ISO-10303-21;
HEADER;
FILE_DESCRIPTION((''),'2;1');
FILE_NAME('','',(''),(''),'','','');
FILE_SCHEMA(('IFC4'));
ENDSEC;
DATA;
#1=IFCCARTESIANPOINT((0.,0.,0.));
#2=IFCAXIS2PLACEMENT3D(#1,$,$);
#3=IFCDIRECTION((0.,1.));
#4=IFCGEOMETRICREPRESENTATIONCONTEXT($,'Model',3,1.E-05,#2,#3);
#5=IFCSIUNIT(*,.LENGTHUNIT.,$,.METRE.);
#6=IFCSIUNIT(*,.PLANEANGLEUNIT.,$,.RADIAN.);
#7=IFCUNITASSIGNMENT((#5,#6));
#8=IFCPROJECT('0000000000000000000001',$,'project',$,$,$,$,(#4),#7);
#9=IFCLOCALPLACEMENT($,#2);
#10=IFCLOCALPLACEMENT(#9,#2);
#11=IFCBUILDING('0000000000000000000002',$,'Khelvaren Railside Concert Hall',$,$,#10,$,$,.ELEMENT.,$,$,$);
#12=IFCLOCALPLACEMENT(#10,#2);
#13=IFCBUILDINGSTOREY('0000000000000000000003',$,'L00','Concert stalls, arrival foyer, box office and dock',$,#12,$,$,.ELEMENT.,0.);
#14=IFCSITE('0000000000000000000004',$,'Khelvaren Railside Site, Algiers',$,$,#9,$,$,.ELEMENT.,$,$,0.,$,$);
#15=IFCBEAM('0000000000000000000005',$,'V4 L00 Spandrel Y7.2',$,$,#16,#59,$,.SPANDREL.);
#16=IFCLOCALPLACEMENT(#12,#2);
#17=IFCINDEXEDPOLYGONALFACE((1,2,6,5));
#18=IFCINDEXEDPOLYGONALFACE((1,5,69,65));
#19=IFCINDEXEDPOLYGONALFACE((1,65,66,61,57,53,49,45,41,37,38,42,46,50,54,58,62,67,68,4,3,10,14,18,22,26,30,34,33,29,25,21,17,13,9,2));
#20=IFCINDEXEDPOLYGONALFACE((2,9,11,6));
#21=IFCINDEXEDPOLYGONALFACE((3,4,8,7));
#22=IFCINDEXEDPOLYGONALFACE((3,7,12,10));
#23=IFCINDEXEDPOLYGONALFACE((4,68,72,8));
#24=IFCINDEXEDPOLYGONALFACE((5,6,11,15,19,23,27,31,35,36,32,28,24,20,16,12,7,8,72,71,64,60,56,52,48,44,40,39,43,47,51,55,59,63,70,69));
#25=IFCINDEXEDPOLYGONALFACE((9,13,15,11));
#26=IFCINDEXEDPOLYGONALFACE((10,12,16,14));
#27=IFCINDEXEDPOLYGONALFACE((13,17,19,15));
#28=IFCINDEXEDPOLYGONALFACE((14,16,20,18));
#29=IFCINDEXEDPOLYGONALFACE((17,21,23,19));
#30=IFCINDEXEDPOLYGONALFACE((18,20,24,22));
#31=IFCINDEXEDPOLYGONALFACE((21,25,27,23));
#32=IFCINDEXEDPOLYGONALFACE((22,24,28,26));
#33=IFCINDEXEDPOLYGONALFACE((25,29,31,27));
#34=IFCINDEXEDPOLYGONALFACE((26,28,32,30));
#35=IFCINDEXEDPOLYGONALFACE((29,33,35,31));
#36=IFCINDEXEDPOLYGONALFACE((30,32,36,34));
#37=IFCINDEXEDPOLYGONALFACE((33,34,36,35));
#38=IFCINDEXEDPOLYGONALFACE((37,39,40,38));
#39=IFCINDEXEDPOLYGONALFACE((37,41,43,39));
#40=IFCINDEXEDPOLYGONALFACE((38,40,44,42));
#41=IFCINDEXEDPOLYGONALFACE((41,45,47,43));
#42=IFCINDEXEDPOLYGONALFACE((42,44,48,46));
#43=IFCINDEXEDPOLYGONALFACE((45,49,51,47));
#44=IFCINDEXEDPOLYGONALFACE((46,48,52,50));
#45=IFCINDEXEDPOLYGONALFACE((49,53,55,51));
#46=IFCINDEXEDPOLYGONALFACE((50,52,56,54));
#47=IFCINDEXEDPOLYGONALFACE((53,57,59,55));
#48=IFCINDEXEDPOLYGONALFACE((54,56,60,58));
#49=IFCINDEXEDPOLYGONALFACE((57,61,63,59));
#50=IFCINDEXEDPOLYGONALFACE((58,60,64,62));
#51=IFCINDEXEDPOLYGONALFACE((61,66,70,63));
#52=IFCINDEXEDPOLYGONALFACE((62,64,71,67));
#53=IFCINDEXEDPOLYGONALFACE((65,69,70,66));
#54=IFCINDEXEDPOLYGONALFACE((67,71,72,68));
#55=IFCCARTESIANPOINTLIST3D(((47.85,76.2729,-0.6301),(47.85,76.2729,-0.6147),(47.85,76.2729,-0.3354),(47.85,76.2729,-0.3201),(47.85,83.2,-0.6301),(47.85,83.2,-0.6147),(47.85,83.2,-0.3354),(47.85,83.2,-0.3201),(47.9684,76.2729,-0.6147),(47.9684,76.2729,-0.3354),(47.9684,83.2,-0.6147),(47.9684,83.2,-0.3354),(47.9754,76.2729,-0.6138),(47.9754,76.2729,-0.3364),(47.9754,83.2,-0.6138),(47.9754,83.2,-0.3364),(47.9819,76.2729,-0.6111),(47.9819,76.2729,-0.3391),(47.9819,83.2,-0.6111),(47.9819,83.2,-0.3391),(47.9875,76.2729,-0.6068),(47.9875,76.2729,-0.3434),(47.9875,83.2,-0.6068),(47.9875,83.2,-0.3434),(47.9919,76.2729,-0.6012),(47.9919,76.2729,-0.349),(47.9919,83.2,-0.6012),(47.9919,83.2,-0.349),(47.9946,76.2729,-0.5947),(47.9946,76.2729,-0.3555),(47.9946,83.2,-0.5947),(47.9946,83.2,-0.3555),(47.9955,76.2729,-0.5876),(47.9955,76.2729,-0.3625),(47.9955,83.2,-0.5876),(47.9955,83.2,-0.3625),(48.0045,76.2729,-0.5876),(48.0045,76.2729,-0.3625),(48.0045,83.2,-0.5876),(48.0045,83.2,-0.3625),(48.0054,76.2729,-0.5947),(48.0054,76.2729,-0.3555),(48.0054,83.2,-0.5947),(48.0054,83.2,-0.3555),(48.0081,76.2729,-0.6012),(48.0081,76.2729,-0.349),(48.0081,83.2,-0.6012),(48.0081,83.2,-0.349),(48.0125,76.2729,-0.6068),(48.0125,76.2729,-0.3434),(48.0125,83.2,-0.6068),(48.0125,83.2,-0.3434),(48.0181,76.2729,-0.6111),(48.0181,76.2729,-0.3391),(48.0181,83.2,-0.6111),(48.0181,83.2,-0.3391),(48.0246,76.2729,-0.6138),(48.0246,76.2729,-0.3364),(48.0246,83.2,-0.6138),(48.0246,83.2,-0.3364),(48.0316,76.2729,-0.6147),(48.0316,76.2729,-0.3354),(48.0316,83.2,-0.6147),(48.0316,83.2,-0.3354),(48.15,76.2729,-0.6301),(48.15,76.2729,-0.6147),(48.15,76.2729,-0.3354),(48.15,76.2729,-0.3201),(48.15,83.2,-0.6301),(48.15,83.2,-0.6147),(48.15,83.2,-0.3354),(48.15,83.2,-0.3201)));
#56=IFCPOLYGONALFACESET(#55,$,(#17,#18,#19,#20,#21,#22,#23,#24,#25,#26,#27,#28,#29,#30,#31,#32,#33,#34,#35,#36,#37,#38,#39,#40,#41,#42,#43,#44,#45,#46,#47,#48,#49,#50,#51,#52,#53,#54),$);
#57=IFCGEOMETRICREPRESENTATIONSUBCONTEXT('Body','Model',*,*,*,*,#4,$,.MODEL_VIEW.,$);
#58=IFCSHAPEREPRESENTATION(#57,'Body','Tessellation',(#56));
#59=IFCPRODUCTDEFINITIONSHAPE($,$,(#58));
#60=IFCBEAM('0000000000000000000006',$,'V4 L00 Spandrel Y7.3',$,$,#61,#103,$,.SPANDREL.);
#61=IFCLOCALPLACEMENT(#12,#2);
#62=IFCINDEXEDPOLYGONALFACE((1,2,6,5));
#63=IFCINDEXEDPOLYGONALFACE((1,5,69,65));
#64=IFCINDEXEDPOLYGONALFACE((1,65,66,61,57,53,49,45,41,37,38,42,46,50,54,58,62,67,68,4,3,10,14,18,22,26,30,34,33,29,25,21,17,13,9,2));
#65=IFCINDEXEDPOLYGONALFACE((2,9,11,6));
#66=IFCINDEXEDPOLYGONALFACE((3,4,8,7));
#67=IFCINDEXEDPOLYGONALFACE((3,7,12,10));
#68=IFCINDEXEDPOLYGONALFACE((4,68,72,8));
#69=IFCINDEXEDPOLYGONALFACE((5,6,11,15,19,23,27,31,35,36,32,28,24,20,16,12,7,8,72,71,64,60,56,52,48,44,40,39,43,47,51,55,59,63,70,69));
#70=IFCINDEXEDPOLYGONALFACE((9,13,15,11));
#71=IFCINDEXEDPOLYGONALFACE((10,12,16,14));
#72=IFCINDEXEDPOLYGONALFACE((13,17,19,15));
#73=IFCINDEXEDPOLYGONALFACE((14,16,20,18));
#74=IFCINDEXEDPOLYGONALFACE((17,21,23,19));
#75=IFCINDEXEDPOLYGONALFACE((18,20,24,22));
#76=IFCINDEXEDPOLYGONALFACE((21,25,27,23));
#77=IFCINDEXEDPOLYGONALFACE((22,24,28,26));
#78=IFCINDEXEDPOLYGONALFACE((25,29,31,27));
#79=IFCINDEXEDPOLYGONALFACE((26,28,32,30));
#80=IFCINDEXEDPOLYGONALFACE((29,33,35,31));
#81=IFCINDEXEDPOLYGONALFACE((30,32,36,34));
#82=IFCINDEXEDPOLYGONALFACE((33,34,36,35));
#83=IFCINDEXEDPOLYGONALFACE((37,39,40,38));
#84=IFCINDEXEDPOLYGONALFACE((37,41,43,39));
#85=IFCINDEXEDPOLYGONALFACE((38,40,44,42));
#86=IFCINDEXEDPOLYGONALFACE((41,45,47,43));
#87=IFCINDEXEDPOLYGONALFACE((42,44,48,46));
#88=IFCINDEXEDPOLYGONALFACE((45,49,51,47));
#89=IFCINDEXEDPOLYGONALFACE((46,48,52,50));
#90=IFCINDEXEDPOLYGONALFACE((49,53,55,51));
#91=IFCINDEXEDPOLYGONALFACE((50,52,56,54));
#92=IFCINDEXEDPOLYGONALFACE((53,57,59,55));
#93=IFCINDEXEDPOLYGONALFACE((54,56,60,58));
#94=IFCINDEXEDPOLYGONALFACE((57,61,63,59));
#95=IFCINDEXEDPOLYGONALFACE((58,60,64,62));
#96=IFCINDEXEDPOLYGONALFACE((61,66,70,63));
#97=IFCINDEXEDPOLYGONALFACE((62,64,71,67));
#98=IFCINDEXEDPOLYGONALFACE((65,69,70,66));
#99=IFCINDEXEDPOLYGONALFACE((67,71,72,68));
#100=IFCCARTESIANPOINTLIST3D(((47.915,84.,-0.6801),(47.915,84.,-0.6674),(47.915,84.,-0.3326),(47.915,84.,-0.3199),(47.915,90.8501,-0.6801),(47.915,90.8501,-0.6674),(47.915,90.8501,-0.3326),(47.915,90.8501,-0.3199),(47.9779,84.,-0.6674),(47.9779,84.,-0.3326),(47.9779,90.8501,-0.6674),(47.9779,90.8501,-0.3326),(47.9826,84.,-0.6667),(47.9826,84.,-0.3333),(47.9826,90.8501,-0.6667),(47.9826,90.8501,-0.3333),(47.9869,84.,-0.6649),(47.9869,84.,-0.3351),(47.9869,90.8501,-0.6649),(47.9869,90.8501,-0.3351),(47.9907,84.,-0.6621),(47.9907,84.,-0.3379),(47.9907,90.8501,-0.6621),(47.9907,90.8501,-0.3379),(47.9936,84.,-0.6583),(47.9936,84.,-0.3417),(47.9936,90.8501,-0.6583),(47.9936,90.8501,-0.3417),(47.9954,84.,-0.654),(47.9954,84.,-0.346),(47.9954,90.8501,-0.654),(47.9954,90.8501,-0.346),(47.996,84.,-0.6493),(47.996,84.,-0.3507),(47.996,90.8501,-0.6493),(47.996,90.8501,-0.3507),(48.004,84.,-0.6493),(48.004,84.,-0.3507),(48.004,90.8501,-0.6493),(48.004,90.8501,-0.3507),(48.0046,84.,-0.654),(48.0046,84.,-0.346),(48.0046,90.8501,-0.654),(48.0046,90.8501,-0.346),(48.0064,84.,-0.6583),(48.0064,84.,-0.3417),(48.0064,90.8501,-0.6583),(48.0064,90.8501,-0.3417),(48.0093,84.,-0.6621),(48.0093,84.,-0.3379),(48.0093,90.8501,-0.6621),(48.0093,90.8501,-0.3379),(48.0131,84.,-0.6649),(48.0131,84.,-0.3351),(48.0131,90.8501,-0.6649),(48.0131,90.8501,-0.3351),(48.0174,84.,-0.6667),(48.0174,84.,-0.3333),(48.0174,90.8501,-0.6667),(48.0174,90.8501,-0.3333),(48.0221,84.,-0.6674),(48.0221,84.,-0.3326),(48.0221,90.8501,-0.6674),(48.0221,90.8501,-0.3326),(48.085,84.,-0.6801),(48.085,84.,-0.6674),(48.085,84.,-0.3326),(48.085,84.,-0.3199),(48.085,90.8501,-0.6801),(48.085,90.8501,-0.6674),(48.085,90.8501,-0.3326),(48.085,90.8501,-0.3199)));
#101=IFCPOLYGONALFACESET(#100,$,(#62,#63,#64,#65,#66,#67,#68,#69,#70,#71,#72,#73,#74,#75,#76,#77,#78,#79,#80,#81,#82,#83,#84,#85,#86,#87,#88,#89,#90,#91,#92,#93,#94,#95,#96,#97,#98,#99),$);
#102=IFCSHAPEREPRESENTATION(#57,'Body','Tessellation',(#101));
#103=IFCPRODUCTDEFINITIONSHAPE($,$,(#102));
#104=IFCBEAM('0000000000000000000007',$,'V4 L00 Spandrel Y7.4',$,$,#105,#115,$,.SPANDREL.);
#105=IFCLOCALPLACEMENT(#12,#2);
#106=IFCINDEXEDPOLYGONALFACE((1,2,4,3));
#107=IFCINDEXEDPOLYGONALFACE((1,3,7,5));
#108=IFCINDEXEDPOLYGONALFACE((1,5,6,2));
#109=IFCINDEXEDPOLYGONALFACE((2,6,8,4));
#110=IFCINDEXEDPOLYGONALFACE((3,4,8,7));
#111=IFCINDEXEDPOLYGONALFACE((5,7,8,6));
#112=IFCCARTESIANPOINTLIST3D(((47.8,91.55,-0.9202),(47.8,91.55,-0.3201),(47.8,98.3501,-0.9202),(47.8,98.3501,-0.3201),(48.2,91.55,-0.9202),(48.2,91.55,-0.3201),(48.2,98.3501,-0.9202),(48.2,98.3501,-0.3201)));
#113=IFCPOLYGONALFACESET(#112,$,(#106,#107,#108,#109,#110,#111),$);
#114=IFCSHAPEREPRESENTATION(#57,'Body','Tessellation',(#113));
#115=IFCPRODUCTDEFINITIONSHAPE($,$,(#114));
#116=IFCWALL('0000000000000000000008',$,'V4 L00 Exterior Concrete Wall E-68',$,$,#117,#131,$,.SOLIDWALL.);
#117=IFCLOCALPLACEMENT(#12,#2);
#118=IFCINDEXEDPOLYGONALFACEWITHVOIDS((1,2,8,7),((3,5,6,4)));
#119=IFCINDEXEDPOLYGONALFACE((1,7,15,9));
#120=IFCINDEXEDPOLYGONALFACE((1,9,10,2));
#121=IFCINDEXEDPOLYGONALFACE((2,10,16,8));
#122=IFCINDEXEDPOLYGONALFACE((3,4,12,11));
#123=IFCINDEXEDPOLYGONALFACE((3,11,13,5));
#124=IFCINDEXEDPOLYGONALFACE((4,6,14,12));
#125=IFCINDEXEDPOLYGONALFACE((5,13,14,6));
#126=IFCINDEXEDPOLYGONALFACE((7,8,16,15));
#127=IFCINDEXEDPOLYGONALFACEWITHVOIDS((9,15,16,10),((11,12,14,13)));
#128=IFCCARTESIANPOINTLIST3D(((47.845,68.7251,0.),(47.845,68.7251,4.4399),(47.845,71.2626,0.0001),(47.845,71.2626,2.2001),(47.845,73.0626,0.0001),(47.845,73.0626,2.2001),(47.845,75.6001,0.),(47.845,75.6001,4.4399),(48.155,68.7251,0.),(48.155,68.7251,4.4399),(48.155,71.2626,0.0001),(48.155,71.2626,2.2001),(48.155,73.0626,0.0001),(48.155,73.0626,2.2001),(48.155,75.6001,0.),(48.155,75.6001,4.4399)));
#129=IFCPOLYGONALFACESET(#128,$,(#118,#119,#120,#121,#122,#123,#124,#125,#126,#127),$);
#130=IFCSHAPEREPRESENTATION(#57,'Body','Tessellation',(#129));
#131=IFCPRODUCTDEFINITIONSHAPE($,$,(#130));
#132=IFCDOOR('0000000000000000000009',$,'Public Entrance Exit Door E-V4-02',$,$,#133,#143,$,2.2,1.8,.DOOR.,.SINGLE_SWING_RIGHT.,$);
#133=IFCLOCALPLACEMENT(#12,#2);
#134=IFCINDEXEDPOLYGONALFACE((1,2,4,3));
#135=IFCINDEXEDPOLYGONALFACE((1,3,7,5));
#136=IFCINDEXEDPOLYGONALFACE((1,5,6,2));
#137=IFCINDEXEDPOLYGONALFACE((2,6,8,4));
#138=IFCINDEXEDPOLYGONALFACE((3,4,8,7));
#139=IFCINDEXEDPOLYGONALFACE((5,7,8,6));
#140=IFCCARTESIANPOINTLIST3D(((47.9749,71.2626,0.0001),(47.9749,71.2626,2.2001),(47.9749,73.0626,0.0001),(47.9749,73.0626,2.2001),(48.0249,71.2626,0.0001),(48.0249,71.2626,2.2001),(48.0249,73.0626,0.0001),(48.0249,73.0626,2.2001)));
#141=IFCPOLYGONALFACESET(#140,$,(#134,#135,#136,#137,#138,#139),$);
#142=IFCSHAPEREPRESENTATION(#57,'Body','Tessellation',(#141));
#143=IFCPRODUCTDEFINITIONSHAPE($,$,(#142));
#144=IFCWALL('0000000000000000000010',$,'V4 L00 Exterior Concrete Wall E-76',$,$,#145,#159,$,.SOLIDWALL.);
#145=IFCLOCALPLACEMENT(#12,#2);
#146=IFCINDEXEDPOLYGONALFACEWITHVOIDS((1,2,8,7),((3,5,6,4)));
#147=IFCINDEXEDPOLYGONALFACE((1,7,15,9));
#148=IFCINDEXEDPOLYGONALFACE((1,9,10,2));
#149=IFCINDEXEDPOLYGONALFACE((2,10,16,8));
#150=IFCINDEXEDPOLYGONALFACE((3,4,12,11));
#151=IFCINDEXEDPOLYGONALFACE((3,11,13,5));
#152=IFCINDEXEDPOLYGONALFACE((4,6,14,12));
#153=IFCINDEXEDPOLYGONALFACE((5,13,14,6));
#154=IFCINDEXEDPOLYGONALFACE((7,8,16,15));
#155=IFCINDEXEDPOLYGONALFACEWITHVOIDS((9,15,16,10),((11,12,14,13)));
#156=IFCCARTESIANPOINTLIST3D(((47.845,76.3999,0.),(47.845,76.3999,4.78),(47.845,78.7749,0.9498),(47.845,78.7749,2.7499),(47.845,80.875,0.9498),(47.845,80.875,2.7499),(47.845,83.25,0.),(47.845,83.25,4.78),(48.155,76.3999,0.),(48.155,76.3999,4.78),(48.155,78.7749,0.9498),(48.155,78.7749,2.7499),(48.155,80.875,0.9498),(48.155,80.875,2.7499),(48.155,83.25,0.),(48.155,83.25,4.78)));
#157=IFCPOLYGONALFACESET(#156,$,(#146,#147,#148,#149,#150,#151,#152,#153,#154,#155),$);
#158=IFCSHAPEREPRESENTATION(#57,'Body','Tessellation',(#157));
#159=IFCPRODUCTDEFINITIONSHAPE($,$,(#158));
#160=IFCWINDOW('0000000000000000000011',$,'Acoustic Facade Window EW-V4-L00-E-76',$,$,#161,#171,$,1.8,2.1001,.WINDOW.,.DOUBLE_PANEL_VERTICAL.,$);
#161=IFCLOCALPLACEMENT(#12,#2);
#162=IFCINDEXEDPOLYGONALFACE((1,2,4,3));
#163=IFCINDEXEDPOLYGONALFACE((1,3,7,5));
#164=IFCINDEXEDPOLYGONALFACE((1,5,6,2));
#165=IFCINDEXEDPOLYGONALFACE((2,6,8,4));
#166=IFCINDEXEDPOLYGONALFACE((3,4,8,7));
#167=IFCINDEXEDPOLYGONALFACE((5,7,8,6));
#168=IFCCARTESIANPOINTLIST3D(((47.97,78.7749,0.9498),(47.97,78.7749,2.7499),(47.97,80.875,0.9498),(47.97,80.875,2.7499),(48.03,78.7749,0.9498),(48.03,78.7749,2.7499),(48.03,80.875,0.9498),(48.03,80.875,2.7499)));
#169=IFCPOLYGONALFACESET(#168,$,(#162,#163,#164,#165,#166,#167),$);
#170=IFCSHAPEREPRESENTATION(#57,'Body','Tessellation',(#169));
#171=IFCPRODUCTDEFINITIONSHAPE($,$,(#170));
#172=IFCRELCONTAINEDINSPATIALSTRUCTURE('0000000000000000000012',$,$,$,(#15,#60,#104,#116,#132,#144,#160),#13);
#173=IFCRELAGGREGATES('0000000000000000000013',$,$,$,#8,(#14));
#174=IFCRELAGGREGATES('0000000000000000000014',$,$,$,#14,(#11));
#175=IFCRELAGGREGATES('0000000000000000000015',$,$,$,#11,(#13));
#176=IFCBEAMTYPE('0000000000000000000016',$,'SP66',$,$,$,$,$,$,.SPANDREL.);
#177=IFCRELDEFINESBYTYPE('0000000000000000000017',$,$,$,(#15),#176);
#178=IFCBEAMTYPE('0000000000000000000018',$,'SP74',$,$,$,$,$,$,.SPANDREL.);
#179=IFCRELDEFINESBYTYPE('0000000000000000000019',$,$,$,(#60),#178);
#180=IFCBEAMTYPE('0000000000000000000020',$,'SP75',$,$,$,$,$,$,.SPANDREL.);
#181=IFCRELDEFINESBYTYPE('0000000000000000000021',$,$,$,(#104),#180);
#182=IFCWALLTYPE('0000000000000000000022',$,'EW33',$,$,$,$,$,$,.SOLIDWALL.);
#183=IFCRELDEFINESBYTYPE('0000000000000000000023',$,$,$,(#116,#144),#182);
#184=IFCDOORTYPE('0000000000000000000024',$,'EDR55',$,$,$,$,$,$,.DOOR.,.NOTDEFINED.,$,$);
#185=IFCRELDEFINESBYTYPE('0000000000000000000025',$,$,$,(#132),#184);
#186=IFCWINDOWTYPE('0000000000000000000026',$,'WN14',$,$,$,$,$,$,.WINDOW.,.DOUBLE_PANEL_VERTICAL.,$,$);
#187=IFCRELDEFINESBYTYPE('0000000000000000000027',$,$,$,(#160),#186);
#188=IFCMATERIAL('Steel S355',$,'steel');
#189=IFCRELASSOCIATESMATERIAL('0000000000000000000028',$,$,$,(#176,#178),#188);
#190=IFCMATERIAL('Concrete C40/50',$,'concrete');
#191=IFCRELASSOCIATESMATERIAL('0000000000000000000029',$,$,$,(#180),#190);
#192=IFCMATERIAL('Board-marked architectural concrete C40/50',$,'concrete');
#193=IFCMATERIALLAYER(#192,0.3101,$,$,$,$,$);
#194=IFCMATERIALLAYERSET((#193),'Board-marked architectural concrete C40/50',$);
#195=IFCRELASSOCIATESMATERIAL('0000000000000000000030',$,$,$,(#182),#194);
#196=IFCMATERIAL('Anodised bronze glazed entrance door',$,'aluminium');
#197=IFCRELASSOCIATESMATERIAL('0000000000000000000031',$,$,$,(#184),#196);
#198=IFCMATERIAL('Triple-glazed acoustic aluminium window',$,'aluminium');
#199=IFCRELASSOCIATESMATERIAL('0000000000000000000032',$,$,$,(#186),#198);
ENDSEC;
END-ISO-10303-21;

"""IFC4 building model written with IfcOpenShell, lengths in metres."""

from ifc_helpers import new_model, si_unit, direction, frame, frame_2d, origin, origin_2d, place, context, subcontext, project, spatial, rectangle, i_section, extrude, material, layer, layer_set, material_profile, profile_set, type_object, element, fill, save


model = new_model("IFC4")

# Units and contexts
model_context = context("Model", 3, precision=1e-05, world=origin(), true_north=direction((0.0, 1.0)))
body_context = subcontext(model_context, "Body", "Model", "MODEL_VIEW")
ifc_project = project(units=[si_unit("LENGTHUNIT", "METRE"), si_unit("PLANEANGLEUNIT", "RADIAN")], contexts=[model_context])

# Site, building, storey
site_placement = place(None, origin())
site = spatial("IfcSite", under=ifc_project, at=site_placement, Name="Khelvaren Railside Site, Algiers", CompositionType="ELEMENT", RefElevation=0.0)
building_placement = place(site_placement, origin())
building = spatial("IfcBuilding", under=site, at=building_placement, Name="Khelvaren Railside Concert Hall", CompositionType="ELEMENT")
storey_placement = place(building_placement, origin())
storey = spatial("IfcBuildingStorey", under=building, at=storey_placement, Name="L00", Description="Concert stalls, arrival foyer, box office and dock", CompositionType="ELEMENT", Elevation=0.0)

# Beams
ifc_material_1 = material(Name="Steel S355", Category="steel")
ifc_material_2 = material(Name="Concrete C40/50", Category="concrete")
ifc_material_profile_1 = material_profile(ifc_material_1, i_section(OverallWidth=0.3, OverallDepth=0.3101, WebThickness=0.009, FlangeThickness=0.0154, FilletRadius=0.0271, at=origin_2d()), Name="HEA 320")
ifc_profile_set_1 = profile_set([ifc_material_profile_1], Name="Steel S355")
beam_type_1 = type_object("IfcBeamType", Name="SP66", PredefinedType="SPANDREL", material=ifc_profile_set_1)
beam_1_placement = place(storey_placement, frame((48.0, 76.2729, -0.4751), z_axis=(0.0, 1.0, 0.0), x_axis=(-1.0, 0.0, 0.0)))
element("IfcBeam", 1, at=beam_1_placement, inside=storey, type_object=beam_type_1, Name="V4 L00 Spandrel Y7.2", PredefinedType="SPANDREL", context=body_context, shape_type="SweptSolid", body=[
    extrude(i_section(OverallWidth=0.3, OverallDepth=0.3101, WebThickness=0.009, FlangeThickness=0.0154, FilletRadius=0.0271, at=origin_2d()), origin(), (0.0, 0.0, 1.0), 6.927),
])
ifc_material_profile_2 = material_profile(ifc_material_1, i_section(OverallWidth=0.1699, OverallDepth=0.3601, WebThickness=0.0081, FlangeThickness=0.0127, FilletRadius=0.0181, at=origin_2d()), Name="IPE 360")
ifc_profile_set_2 = profile_set([ifc_material_profile_2], Name="Steel S355")
beam_type_2 = type_object("IfcBeamType", Name="SP74", PredefinedType="SPANDREL", material=ifc_profile_set_2)
beam_2_placement = place(storey_placement, frame((48.0, 84.0, -0.5), z_axis=(0.0, 1.0, 0.0), x_axis=(-1.0, 0.0, 0.0)))
element("IfcBeam", 2, at=beam_2_placement, inside=storey, type_object=beam_type_2, Name="V4 L00 Spandrel Y7.3", PredefinedType="SPANDREL", context=body_context, shape_type="SweptSolid", body=[
    extrude(i_section(OverallWidth=0.1699, OverallDepth=0.3601, WebThickness=0.0081, FlangeThickness=0.0127, FilletRadius=0.0181, at=origin_2d()), origin(), (0.0, 0.0, 1.0), 6.8501),
])
ifc_material_profile_3 = material_profile(ifc_material_2, rectangle(XDim=0.3999, YDim=0.6001, at=origin_2d()), Name="RCB 400x600")
ifc_profile_set_3 = profile_set([ifc_material_profile_3], Name="Concrete C40/50")
beam_type_3 = type_object("IfcBeamType", Name="SP75", PredefinedType="SPANDREL", material=ifc_profile_set_3)
beam_3_placement = place(storey_placement, frame((48.0, 91.55, -0.6201), z_axis=(0.0, 1.0, 0.0), x_axis=(-1.0, 0.0, 0.0)))
element("IfcBeam", 3, at=beam_3_placement, inside=storey, type_object=beam_type_3, Name="V4 L00 Spandrel Y7.4", PredefinedType="SPANDREL", context=body_context, shape_type="SweptSolid", body=[
    extrude(rectangle(XDim=0.3999, YDim=0.6001, at=origin_2d()), origin(), (0.0, 0.0, 1.0), 6.8),
])

# Wall, opening, door
ifc_material_3 = material(Name="Board-marked architectural concrete C40/50", Category="concrete")
ifc_layer = layer(ifc_material_3, 0.3101)
ifc_layer_set = layer_set([ifc_layer], Name="Board-marked architectural concrete C40/50")
wall_type = type_object("IfcWallType", Name="EW33", PredefinedType="SOLIDWALL", material=ifc_layer_set)
wall_1_placement = place(storey_placement, frame((48.0, 75.6001, 0.0), z_axis=(0.0, 0.0, 1.0), x_axis=(0.0, -1.0, 0.0)))
wall_1 = element("IfcWall", 4, at=wall_1_placement, inside=storey, type_object=wall_type, Name="V4 L00 Exterior Concrete Wall E-68", PredefinedType="SOLIDWALL", context=body_context, shape_type="SweptSolid", body=[
    extrude(rectangle(XDim=6.875, YDim=0.3101, at=frame_2d((3.4375, 0.0))), origin(), (0.0, 0.0, 1.0), 4.4399),
])
opening_1_placement = place(wall_1_placement, frame((2.5376, 0.0, 0.0)))
opening_1 = element("IfcOpeningElement", 5, at=opening_1_placement, cuts=wall_1, PredefinedType="OPENING", context=body_context, shape_type="SweptSolid", body=[
    extrude(rectangle(XDim=1.8, YDim=2.2, at=frame_2d((0.8999, 1.1001))), frame((0.0, 0.165, 0.0), z_axis=(0.0, -1.0, 0.0), x_axis=(1.0, 0.0, 0.0)), (0.0, 0.0, 1.0), 0.3301),
])
ifc_material_4 = material(Name="Anodised bronze glazed entrance door", Category="aluminium")
door_type = type_object("IfcDoorType", Name="EDR55", OperationType="NOTDEFINED", PredefinedType="DOOR", material=ifc_material_4)
door_placement = place(opening_1_placement, origin())
door = element("IfcDoor", 6, at=door_placement, inside=storey, type_object=door_type, Name="Public Entrance Exit Door E-V4-02", OperationType="SINGLE_SWING_RIGHT", OverallHeight=2.2, OverallWidth=1.8, PredefinedType="DOOR", context=body_context, shape_type="SweptSolid", body=[
    extrude(rectangle(XDim=1.8, YDim=2.2, at=frame_2d((0.8999, 1.1001))), frame((0.0, 0.0249, 0.0), z_axis=(0.0, -1.0, 0.0), x_axis=(1.0, 0.0, 0.0)), (0.0, 0.0, 1.0), 0.05),
])
fill(opening_1, door)

# Wall, opening, window
wall_2_placement = place(storey_placement, frame((48.0, 83.25, 0.0), z_axis=(0.0, 0.0, 1.0), x_axis=(0.0, -1.0, 0.0)))
wall_2 = element("IfcWall", 7, at=wall_2_placement, inside=storey, type_object=wall_type, Name="V4 L00 Exterior Concrete Wall E-76", PredefinedType="SOLIDWALL", context=body_context, shape_type="SweptSolid", body=[
    extrude(rectangle(XDim=6.8501, YDim=0.3101, at=frame_2d((3.425, 0.0))), origin(), (0.0, 0.0, 1.0), 4.78),
])
opening_2_placement = place(wall_2_placement, frame((2.375, 0.0, 0.95)))
opening_2 = element("IfcOpeningElement", 8, at=opening_2_placement, cuts=wall_2, PredefinedType="OPENING", context=body_context, shape_type="SweptSolid", body=[
    extrude(rectangle(XDim=2.1001, YDim=1.8, at=frame_2d((1.05, 0.8999))), frame((0.0, 0.165, 0.0), z_axis=(0.0, -1.0, 0.0), x_axis=(1.0, 0.0, 0.0)), (0.0, 0.0, 1.0), 0.3301),
])
ifc_material_5 = material(Name="Triple-glazed acoustic aluminium window", Category="aluminium")
window_type_1 = type_object("IfcWindowType", Name="WN14", PartitioningType="DOUBLE_PANEL_VERTICAL", PredefinedType="WINDOW", material=ifc_material_5)
window_1_placement = place(opening_2_placement, origin())
window_1 = element("IfcWindow", 9, at=window_1_placement, inside=storey, type_object=window_type_1, Name="Acoustic Facade Window EW-V4-L00-E-76", OverallHeight=1.8, OverallWidth=2.1001, PartitioningType="DOUBLE_PANEL_VERTICAL", PredefinedType="WINDOW", context=body_context, shape_type="SweptSolid", body=[
    extrude(rectangle(XDim=2.1001, YDim=1.8, at=frame_2d((1.05, 0.8999))), frame((0.0, 0.03, 0.0), z_axis=(0.0, -1.0, 0.0), x_axis=(1.0, 0.0, 0.0)), (0.0, 0.0, 1.0), 0.0601),
])
fill(opening_2, window_1)

save(model, "model.ifc")
